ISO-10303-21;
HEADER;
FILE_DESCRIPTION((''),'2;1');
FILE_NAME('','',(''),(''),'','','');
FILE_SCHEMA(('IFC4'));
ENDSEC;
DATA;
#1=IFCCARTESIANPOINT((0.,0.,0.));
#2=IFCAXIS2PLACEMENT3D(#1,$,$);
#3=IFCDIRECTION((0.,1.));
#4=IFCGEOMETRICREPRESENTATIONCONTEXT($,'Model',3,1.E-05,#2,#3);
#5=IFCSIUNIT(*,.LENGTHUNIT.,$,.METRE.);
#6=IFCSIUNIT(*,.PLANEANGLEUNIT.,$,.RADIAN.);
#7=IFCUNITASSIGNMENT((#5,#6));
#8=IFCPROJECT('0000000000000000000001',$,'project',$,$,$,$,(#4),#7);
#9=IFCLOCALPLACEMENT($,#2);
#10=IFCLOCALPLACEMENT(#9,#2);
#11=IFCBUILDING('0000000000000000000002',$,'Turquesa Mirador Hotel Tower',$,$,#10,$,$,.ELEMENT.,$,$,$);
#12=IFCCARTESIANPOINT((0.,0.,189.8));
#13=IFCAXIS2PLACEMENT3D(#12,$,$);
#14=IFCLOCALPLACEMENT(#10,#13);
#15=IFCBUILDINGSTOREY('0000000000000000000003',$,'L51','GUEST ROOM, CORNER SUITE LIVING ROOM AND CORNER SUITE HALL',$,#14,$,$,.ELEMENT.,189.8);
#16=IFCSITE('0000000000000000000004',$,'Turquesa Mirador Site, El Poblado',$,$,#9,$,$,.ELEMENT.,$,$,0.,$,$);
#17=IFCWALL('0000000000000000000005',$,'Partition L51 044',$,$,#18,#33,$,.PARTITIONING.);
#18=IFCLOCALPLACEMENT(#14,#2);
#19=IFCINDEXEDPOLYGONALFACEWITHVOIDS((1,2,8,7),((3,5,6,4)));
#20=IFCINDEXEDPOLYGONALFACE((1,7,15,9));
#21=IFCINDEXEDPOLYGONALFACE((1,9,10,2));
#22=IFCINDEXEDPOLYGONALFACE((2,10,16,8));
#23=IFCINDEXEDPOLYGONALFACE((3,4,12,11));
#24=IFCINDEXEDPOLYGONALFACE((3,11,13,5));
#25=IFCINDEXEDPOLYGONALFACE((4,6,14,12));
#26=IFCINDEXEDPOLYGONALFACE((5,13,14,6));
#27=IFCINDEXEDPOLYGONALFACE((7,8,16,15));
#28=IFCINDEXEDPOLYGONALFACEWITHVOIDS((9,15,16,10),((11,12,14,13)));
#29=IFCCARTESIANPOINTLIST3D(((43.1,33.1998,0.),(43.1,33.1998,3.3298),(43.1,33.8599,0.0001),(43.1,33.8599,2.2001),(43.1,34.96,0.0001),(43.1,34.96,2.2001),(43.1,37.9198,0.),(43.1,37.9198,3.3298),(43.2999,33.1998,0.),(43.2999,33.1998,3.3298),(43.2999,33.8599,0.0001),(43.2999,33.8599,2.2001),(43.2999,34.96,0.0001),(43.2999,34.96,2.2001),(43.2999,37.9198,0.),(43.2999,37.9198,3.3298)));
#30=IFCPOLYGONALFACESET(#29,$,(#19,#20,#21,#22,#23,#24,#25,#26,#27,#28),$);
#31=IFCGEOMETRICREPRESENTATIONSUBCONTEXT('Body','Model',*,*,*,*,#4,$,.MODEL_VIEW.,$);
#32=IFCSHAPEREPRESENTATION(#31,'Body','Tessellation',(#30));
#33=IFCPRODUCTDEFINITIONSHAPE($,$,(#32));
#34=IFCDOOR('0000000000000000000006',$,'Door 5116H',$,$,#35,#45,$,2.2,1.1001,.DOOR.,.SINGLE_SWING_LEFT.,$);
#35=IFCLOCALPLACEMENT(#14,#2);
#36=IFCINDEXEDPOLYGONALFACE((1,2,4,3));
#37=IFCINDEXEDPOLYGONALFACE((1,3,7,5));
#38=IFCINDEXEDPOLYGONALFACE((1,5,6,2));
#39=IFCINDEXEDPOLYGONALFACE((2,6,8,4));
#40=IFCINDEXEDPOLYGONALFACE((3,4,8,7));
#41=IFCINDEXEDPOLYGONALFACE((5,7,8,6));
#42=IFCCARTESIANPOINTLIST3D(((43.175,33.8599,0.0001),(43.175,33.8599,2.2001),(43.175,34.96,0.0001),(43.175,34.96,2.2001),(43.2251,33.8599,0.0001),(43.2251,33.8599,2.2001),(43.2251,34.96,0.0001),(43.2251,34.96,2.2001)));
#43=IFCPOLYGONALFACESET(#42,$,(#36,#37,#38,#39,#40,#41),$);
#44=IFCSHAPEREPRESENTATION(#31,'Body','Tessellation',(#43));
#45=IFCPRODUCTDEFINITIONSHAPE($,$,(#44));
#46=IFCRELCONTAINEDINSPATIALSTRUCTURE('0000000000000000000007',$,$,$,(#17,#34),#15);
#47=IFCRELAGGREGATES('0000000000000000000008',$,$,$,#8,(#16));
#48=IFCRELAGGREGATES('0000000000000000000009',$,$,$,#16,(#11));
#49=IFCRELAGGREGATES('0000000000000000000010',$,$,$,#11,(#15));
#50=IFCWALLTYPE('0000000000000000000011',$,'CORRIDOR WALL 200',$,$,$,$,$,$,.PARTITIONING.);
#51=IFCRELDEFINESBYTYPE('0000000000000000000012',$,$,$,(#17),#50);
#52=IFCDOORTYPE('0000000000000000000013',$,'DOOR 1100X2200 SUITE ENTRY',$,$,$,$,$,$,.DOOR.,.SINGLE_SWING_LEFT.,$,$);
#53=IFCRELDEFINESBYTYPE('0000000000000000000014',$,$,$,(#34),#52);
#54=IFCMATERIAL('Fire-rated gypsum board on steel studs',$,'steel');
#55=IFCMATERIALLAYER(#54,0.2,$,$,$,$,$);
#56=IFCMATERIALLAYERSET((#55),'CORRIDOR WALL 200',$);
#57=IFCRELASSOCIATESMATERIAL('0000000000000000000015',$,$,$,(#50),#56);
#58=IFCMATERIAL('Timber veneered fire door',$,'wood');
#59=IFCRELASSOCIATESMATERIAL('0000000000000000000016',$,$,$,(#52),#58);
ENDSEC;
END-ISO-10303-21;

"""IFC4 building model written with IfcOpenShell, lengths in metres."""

from ifc_helpers import new_model, si_unit, direction, frame, frame_2d, origin, place, context, subcontext, project, spatial, rectangle, extrude, material, layer, layer_set, type_object, element, fill, save


model = new_model("IFC4")

# Units and contexts
model_context = context("Model", 3, precision=1e-05, world=origin(), true_north=direction((0.0, 1.0)))
body_context = subcontext(model_context, "Body", "Model", "MODEL_VIEW")
ifc_project = project(units=[si_unit("LENGTHUNIT", "METRE"), si_unit("PLANEANGLEUNIT", "RADIAN")], contexts=[model_context])

# Site, building, storey
site_placement = place(None, origin())
site = spatial("IfcSite", under=ifc_project, at=site_placement, Name="Turquesa Mirador Site, El Poblado", CompositionType="ELEMENT", RefElevation=0.0)
building_placement = place(site_placement, origin())
building = spatial("IfcBuilding", under=site, at=building_placement, Name="Turquesa Mirador Hotel Tower", CompositionType="ELEMENT")
storey_placement = place(building_placement, frame((0.0, 0.0, 189.8)))
storey = spatial("IfcBuildingStorey", under=building, at=storey_placement, Name="L51", Description="GUEST ROOM, CORNER SUITE LIVING ROOM AND CORNER SUITE HALL", CompositionType="ELEMENT", Elevation=189.8)

# Shared definitions
ifc_material_1 = material(Name="Fire-rated gypsum board on steel studs", Category="steel")
ifc_layer_1 = layer(ifc_material_1, 0.2)
ifc_layer_set_1 = layer_set([ifc_layer_1], Name="CORRIDOR WALL 200")
wall_type_1 = type_object("IfcWallType", Name="CORRIDOR WALL 200", PredefinedType="PARTITIONING", material=ifc_layer_set_1)

# Wall, opening, door
wall_1_placement = place(storey_placement, frame((43.2, 33.2, 0.0), z_axis=(0.0, 0.0, 1.0), x_axis=(0.0, 1.0, 0.0)))
wall_1 = element("IfcWall", 1, at=wall_1_placement, inside=storey, type_object=wall_type_1, Name="Partition L51 044", PredefinedType="PARTITIONING", context=body_context, shape_type="SweptSolid", body=[
    extrude(rectangle(XDim=4.72, YDim=0.2, at=frame_2d((2.3599, 0.0))), origin(), (0.0, 0.0, 1.0), 3.3298),
])
opening_1_placement = place(wall_1_placement, frame((0.6599, 0.0, 0.0)))
opening_1 = element("IfcOpeningElement", 2, at=opening_1_placement, cuts=wall_1, PredefinedType="OPENING", context=body_context, shape_type="SweptSolid", body=[
    extrude(rectangle(XDim=1.1001, YDim=2.2, at=frame_2d((0.55, 1.1001))), frame((0.0, 0.1099, 0.0), z_axis=(0.0, -1.0, 0.0), x_axis=(1.0, 0.0, 0.0)), (0.0, 0.0, 1.0), 0.22),
])
ifc_material_2 = material(Name="Timber veneered fire door", Category="wood")
door_type_1 = type_object("IfcDoorType", Name="DOOR 1100X2200 SUITE ENTRY", OperationType="SINGLE_SWING_LEFT", PredefinedType="DOOR", material=ifc_material_2)
door_1_placement = place(opening_1_placement, origin())
door_1 = element("IfcDoor", 3, at=door_1_placement, inside=storey, type_object=door_type_1, Name="Door 5116H", OperationType="SINGLE_SWING_LEFT", OverallHeight=2.2, OverallWidth=1.1001, PredefinedType="DOOR", context=body_context, shape_type="SweptSolid", body=[
    extrude(rectangle(XDim=1.1001, YDim=2.2, at=frame_2d((0.55, 1.1001))), frame((0.0, 0.0249, 0.0), z_axis=(0.0, -1.0, 0.0), x_axis=(1.0, 0.0, 0.0)), (0.0, 0.0, 1.0), 0.05),
])
fill(opening_1, door_1)

save(model, "model.ifc")
